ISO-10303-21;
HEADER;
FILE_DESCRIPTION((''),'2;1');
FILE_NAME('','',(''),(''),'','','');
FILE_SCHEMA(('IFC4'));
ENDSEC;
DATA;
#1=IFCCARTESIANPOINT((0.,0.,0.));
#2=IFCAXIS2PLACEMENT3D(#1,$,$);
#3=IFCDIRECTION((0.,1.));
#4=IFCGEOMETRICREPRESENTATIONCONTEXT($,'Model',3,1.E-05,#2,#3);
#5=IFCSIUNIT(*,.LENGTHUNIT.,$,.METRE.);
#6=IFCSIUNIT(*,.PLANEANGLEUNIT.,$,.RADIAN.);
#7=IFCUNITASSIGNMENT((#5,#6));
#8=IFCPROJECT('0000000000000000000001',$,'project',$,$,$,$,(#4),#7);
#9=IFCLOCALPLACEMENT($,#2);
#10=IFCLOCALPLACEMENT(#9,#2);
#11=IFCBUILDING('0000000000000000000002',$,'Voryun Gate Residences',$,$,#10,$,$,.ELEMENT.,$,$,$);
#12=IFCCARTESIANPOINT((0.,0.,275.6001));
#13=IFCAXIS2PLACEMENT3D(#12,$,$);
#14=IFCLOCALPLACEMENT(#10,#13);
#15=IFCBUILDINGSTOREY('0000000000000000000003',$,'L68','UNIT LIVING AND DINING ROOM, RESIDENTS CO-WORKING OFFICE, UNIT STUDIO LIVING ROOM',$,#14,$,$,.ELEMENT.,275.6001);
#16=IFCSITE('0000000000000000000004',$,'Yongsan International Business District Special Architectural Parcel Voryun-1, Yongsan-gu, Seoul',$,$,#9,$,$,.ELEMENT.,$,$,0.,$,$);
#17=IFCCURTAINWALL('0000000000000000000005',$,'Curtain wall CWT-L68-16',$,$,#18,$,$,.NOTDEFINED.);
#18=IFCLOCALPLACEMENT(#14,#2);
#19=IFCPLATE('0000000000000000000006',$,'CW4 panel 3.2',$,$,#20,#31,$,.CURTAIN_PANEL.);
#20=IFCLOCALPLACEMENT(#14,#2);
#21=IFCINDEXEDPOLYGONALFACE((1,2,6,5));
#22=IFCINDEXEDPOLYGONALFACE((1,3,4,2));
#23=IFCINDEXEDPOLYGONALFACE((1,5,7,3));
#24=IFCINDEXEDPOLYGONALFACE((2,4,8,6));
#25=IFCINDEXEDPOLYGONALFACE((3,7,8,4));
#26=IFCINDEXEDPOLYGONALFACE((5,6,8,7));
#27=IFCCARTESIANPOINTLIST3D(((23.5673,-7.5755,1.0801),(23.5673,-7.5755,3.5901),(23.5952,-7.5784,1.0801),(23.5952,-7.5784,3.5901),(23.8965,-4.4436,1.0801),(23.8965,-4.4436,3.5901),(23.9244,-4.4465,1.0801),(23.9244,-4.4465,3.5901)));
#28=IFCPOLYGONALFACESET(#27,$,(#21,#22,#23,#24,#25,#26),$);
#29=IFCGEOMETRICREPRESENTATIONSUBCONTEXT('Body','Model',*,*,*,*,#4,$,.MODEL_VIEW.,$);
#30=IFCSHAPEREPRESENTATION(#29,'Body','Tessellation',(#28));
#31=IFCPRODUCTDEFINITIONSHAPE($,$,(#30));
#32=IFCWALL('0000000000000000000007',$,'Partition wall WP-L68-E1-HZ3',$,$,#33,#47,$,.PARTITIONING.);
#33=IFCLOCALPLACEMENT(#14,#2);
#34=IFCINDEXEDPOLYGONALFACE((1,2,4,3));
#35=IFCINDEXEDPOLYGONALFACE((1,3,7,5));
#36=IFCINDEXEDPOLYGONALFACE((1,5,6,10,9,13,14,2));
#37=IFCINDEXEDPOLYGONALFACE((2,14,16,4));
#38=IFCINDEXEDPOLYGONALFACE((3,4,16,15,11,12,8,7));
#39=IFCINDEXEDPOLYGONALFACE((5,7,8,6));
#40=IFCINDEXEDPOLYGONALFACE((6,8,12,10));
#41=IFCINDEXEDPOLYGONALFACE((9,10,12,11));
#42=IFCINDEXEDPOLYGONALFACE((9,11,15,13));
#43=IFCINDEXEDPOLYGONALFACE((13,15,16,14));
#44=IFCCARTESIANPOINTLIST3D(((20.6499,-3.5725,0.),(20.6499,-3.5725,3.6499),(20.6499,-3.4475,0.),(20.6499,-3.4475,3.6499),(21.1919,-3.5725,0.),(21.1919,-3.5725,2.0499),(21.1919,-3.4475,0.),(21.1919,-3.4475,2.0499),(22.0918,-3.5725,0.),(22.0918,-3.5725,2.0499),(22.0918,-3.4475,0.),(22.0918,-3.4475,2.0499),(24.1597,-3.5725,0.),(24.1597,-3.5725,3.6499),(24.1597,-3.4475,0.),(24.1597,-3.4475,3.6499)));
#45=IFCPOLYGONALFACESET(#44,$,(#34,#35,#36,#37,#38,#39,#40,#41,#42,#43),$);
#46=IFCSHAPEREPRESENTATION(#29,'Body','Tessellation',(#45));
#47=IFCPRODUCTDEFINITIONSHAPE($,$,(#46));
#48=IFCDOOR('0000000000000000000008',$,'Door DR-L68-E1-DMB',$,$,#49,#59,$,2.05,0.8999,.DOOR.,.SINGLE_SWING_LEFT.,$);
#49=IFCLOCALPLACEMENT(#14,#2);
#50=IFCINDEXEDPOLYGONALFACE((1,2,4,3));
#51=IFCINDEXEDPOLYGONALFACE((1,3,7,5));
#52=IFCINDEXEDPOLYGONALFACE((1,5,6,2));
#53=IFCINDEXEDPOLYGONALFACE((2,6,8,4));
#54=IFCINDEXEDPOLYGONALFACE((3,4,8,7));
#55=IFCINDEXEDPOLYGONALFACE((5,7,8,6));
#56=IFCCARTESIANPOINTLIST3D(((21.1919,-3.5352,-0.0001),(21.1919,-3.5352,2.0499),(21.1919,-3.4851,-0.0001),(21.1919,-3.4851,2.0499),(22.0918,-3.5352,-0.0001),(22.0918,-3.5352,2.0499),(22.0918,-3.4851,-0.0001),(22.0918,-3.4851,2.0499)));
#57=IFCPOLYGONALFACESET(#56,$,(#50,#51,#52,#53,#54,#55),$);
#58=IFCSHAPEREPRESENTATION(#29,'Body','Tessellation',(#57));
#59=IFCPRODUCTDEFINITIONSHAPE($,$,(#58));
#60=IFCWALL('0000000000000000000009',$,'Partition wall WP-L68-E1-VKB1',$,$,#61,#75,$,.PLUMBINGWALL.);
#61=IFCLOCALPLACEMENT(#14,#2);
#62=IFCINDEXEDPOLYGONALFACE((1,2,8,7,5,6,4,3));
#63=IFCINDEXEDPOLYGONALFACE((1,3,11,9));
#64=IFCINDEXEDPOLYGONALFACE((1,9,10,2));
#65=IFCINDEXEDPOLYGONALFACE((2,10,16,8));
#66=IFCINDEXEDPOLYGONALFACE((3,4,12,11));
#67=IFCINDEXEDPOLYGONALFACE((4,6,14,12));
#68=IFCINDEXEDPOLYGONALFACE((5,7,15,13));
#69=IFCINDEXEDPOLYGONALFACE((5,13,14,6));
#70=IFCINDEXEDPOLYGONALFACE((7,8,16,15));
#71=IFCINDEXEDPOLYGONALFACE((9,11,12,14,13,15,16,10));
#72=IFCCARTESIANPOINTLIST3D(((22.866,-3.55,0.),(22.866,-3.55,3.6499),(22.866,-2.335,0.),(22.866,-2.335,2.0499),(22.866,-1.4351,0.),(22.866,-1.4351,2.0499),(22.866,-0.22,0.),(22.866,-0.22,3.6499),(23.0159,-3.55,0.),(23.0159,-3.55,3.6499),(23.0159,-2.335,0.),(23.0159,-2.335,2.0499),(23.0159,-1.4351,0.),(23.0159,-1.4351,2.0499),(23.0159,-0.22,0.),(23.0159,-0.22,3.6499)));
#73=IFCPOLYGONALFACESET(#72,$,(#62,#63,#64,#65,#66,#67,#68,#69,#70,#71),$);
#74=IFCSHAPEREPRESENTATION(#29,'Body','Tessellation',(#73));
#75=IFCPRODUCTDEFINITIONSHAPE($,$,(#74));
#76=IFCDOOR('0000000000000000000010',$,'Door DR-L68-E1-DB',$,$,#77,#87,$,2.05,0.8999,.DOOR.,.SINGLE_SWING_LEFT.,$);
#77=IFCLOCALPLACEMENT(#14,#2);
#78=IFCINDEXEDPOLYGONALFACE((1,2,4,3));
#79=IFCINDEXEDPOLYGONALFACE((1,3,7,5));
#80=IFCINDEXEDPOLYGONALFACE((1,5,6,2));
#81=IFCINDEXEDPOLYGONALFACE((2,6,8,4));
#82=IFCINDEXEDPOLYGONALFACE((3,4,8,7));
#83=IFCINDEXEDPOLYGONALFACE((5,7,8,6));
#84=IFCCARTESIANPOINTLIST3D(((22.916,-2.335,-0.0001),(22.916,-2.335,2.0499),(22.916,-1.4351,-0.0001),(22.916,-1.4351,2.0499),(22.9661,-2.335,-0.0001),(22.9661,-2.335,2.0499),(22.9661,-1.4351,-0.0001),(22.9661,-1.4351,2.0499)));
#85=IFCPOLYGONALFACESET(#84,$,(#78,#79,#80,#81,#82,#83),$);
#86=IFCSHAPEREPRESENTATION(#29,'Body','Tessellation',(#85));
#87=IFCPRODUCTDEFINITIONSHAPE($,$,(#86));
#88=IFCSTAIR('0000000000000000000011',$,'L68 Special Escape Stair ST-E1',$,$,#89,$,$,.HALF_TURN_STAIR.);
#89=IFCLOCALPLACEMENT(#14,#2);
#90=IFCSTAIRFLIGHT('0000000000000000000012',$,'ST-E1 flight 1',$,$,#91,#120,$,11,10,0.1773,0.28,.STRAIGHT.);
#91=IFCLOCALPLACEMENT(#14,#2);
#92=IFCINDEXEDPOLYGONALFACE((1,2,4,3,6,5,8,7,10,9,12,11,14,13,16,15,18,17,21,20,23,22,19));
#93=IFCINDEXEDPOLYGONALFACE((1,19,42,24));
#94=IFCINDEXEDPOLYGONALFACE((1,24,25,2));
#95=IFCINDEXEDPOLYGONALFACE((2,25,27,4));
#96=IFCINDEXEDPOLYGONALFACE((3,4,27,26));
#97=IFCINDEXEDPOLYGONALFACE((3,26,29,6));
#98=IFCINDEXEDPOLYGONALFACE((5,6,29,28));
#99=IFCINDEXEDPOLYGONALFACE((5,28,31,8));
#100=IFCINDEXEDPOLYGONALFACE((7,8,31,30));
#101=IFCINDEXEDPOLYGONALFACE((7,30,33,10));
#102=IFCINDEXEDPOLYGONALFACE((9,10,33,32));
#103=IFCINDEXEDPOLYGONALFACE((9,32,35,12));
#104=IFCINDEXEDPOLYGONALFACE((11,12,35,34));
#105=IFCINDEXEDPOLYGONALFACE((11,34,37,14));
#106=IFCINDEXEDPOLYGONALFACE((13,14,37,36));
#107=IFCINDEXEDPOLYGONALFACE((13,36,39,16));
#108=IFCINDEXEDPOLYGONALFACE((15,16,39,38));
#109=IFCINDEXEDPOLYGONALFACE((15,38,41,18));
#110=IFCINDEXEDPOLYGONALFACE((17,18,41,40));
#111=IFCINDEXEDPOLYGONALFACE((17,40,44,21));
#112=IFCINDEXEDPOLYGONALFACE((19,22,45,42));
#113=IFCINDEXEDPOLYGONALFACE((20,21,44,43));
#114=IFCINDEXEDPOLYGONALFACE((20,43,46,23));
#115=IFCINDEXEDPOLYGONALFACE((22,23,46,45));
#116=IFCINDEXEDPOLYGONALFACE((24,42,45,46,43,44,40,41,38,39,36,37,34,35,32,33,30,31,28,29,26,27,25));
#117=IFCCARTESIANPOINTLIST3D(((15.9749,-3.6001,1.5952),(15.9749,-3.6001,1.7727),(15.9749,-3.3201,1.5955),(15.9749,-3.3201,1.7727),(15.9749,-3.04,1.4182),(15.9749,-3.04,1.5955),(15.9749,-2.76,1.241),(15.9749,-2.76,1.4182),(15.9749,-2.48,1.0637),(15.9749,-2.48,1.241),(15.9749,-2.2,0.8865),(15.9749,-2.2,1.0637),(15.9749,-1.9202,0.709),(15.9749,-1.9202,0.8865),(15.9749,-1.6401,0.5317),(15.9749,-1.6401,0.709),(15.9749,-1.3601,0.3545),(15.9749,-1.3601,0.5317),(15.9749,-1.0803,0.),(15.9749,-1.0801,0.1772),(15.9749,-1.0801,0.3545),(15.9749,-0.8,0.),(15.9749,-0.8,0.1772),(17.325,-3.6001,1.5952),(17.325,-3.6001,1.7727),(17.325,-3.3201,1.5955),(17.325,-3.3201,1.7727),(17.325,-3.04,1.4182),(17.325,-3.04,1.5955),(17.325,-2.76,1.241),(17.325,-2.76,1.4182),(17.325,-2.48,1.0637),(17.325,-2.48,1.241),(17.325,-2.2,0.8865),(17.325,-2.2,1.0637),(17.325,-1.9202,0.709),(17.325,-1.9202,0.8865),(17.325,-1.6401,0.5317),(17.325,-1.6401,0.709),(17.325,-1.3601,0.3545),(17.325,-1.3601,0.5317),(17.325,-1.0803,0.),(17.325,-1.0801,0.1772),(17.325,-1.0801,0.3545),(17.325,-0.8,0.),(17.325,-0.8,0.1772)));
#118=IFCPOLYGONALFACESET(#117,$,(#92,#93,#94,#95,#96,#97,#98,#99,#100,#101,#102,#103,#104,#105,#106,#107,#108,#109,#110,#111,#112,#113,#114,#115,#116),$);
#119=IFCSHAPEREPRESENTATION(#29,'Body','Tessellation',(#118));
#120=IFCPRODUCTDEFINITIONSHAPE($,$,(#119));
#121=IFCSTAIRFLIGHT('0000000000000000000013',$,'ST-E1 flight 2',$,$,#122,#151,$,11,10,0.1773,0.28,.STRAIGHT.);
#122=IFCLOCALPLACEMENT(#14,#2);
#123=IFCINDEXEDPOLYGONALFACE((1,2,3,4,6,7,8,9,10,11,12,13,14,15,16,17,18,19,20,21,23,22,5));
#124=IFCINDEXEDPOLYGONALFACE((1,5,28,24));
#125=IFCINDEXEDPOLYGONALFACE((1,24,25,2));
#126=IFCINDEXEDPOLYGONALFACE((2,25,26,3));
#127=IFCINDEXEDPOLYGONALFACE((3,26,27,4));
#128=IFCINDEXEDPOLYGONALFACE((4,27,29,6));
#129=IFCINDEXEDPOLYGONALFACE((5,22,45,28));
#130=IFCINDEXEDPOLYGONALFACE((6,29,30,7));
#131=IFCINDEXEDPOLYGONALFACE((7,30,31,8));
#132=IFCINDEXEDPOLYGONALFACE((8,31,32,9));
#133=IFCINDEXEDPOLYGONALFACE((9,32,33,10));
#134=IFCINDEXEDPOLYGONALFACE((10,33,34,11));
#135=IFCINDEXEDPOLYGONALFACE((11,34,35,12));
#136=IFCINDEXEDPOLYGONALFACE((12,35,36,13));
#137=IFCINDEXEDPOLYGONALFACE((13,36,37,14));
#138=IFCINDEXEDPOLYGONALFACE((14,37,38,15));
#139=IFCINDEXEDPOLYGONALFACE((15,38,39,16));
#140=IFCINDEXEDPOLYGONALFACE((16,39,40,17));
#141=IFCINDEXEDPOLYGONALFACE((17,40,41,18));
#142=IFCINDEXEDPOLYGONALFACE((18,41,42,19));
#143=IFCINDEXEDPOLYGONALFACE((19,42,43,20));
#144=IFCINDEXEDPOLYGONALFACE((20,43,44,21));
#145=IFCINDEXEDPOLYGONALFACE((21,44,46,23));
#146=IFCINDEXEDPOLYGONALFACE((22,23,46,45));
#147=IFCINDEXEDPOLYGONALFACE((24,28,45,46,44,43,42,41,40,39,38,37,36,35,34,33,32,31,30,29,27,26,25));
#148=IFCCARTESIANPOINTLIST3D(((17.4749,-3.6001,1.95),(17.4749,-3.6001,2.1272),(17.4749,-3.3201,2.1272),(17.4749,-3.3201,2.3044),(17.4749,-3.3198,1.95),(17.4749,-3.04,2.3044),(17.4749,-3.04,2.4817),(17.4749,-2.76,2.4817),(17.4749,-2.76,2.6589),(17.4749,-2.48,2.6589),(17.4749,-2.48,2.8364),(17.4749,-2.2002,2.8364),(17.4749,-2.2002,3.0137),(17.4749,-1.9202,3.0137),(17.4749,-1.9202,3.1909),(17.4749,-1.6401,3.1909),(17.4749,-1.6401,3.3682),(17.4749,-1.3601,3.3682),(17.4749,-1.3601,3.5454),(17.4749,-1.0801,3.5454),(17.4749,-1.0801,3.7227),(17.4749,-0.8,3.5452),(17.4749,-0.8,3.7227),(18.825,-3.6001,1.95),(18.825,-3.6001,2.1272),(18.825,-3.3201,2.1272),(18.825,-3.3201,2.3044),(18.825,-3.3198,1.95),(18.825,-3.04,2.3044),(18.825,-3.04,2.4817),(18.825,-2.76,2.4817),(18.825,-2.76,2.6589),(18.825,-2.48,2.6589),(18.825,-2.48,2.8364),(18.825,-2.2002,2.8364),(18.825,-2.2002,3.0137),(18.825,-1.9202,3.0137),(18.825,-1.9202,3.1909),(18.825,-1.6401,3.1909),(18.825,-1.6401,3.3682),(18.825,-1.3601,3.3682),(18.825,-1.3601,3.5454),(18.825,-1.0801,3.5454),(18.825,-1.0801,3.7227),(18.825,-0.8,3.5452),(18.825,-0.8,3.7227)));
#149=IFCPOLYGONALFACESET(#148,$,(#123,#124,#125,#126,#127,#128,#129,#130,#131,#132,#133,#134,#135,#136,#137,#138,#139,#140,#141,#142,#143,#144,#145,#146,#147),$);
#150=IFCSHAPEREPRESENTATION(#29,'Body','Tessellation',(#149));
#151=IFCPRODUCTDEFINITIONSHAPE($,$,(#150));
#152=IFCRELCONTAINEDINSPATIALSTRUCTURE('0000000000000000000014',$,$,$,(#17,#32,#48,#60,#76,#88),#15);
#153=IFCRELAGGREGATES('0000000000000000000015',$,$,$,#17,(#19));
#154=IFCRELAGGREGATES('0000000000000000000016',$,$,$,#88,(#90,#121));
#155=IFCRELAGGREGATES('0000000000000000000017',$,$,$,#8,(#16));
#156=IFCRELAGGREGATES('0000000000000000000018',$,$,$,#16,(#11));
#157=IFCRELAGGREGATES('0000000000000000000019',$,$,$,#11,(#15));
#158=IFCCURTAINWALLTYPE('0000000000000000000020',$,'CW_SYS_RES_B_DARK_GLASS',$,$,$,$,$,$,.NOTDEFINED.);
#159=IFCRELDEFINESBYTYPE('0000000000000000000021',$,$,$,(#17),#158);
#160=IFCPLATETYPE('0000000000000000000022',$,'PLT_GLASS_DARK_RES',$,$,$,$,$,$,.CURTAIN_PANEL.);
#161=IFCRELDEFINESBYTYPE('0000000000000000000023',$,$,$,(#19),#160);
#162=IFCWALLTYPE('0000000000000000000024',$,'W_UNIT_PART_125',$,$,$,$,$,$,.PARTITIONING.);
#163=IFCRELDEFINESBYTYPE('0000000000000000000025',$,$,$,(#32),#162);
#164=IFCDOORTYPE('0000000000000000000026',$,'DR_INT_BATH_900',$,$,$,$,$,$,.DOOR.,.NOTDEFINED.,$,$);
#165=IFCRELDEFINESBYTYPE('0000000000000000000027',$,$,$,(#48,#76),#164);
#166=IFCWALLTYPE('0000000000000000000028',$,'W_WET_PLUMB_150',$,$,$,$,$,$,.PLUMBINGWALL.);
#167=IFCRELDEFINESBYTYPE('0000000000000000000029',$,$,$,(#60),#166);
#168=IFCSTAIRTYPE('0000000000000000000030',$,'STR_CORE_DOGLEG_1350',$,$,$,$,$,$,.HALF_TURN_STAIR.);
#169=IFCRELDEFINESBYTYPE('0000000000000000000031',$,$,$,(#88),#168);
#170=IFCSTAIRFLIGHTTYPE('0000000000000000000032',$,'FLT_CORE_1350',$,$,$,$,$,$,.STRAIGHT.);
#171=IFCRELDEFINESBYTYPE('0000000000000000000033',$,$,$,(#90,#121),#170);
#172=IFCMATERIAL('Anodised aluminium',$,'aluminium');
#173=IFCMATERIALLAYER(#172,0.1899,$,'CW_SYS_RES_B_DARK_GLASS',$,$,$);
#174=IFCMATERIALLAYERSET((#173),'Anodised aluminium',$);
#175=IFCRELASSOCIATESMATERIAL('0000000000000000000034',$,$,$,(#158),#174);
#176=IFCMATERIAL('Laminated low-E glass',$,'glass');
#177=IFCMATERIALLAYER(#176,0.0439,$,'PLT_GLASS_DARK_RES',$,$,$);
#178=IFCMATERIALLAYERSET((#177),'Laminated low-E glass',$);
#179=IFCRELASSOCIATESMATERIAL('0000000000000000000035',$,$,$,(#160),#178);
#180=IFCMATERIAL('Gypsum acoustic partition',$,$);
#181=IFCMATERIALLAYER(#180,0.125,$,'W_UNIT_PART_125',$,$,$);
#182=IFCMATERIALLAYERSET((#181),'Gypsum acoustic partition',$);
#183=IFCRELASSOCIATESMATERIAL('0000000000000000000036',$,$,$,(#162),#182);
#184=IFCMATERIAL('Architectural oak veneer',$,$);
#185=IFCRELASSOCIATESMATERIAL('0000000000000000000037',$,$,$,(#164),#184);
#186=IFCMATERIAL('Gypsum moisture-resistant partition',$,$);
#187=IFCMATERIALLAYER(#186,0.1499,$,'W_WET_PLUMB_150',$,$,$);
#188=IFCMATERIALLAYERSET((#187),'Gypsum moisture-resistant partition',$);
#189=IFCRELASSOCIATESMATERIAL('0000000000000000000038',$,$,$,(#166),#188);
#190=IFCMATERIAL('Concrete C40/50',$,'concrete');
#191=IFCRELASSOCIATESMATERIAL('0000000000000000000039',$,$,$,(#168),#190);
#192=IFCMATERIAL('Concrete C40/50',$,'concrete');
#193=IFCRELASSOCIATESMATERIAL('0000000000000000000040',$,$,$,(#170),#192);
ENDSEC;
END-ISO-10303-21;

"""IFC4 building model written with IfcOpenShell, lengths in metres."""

from ifc_helpers import new_model, si_unit, direction, frame, frame_2d, origin, origin_2d, place, context, subcontext, project, spatial, polyline, rectangle, outline, extrude, material, layer, layer_set, type_object, element, fill, aggregate, save


model = new_model("IFC4")

# Units and contexts
model_context = context("Model", 3, precision=1e-05, world=origin(), true_north=direction((0.0, 1.0)))
body_context = subcontext(model_context, "Body", "Model", "MODEL_VIEW")
ifc_project = project(units=[si_unit("LENGTHUNIT", "METRE"), si_unit("PLANEANGLEUNIT", "RADIAN")], contexts=[model_context])

# Site, building, storey
site_placement = place(None, origin())
site = spatial("IfcSite", under=ifc_project, at=site_placement, Name="Yongsan International Business District Special Architectural Parcel Voryun-1, Yongsan-gu, Seoul", CompositionType="ELEMENT", RefElevation=0.0)
building_placement = place(site_placement, origin())
building = spatial("IfcBuilding", under=site, at=building_placement, Name="Voryun Gate Residences", CompositionType="ELEMENT")
storey_placement = place(building_placement, frame((0.0, 0.0, 275.6001)))
storey = spatial("IfcBuildingStorey", under=building, at=storey_placement, Name="L68", Description="UNIT LIVING AND DINING ROOM, RESIDENTS CO-WORKING OFFICE, UNIT STUDIO LIVING ROOM", CompositionType="ELEMENT", Elevation=275.6001)

# Curtain wall, plate
ifc_material_1 = material(Name="Anodised aluminium", Category="aluminium")
ifc_layer_1 = layer(ifc_material_1, 0.1899, Name="CW_SYS_RES_B_DARK_GLASS")
ifc_layer_set_1 = layer_set([ifc_layer_1], Name="Anodised aluminium")
curtain_wall_type = type_object("IfcCurtainWallType", Name="CW_SYS_RES_B_DARK_GLASS", PredefinedType="NOTDEFINED", material=ifc_layer_set_1)
curtain_wall_placement = place(storey_placement, origin())
curtain_wall = element("IfcCurtainWall", 1, at=curtain_wall_placement, inside=storey, type_object=curtain_wall_type, Name="Curtain wall CWT-L68-16", PredefinedType="NOTDEFINED")
ifc_material_2 = material(Name="Laminated low-E glass", Category="glass")
ifc_layer_2 = layer(ifc_material_2, 0.0439, Name="PLT_GLASS_DARK_RES")
ifc_layer_set_2 = layer_set([ifc_layer_2], Name="Laminated low-E glass")
plate_type = type_object("IfcPlateType", Name="PLT_GLASS_DARK_RES", PredefinedType="CURTAIN_PANEL", material=ifc_layer_set_2)
plate_1_placement = place(storey_placement, frame((23.7458, -6.011, 1.0801), z_axis=(0.0, 0.0, 1.0), x_axis=(-0.104536, -0.994521, 0.0)))
plate_1 = element("IfcPlate", 2, at=plate_1_placement, type_object=plate_type, Name="CW4 panel 3.2", PredefinedType="CURTAIN_PANEL", context=body_context, shape_type="SweptSolid", body=[
    extrude(rectangle(XDim=3.1492, YDim=0.0281, at=origin_2d()), origin(), (0.0, 0.0, 1.0), 2.51),
])
aggregate(curtain_wall, [plate_1])

# Walls, openings, doors
ifc_material_3 = material(Name="Gypsum acoustic partition")
ifc_layer_3 = layer(ifc_material_3, 0.125, Name="W_UNIT_PART_125")
ifc_layer_set_3 = layer_set([ifc_layer_3], Name="Gypsum acoustic partition")
wall_type_1 = type_object("IfcWallType", Name="W_UNIT_PART_125", PredefinedType="PARTITIONING", material=ifc_layer_set_3)
wall_1_placement = place(storey_placement, frame((20.6499, -3.51, 0.0), z_axis=(0.0, 0.0, 1.0), x_axis=(1.0, 0.0, 0.0)))
wall_1 = element("IfcWall", 3, at=wall_1_placement, inside=storey, type_object=wall_type_1, Name="Partition wall WP-L68-E1-HZ3", PredefinedType="PARTITIONING", context=body_context, shape_type="SweptSolid", body=[
    extrude(rectangle(XDim=3.5098, YDim=0.125, at=frame_2d((1.7549, 0.0))), origin(), (0.0, 0.0, 1.0), 3.6499),
])
opening_1_placement = place(wall_1_placement, frame((0.542, 0.0, 0.0)))
opening_1 = element("IfcOpeningElement", 4, at=opening_1_placement, cuts=wall_1, PredefinedType="OPENING", context=body_context, shape_type="SweptSolid", body=[
    extrude(rectangle(XDim=0.8999, YDim=2.05, at=frame_2d((0.45, 1.0249))), frame((0.0, 0.0725, 0.0), z_axis=(0.0, -1.0, 0.0), x_axis=(1.0, 0.0, 0.0)), (0.0, 0.0, 1.0), 0.145),
])
ifc_material_4 = material(Name="Architectural oak veneer")
door_type = type_object("IfcDoorType", Name="DR_INT_BATH_900", OperationType="NOTDEFINED", PredefinedType="DOOR", material=ifc_material_4)
door_1_placement = place(opening_1_placement, origin())
door_1 = element("IfcDoor", 5, at=door_1_placement, inside=storey, type_object=door_type, Name="Door DR-L68-E1-DMB", OperationType="SINGLE_SWING_LEFT", OverallHeight=2.05, OverallWidth=0.8999, PredefinedType="DOOR", context=body_context, shape_type="SweptSolid", body=[
    extrude(rectangle(XDim=0.8999, YDim=2.05, at=frame_2d((0.45, 1.0249))), frame((0.0, 0.0249, 0.0), z_axis=(0.0, -1.0, 0.0), x_axis=(1.0, 0.0, 0.0)), (0.0, 0.0, 1.0), 0.05),
])
fill(opening_1, door_1)
ifc_material_5 = material(Name="Gypsum moisture-resistant partition")
ifc_layer_4 = layer(ifc_material_5, 0.1499, Name="W_WET_PLUMB_150")
ifc_layer_set_4 = layer_set([ifc_layer_4], Name="Gypsum moisture-resistant partition")
wall_type_2 = type_object("IfcWallType", Name="W_WET_PLUMB_150", PredefinedType="PLUMBINGWALL", material=ifc_layer_set_4)
wall_2_placement = place(storey_placement, frame((22.9409, -3.55, 0.0), z_axis=(0.0, 0.0, 1.0), x_axis=(0.0, 1.0, 0.0)))
wall_2 = element("IfcWall", 6, at=wall_2_placement, inside=storey, type_object=wall_type_2, Name="Partition wall WP-L68-E1-VKB1", PredefinedType="PLUMBINGWALL", context=body_context, shape_type="SweptSolid", body=[
    extrude(rectangle(XDim=3.3301, YDim=0.1499, at=frame_2d((1.665, 0.0))), origin(), (0.0, 0.0, 1.0), 3.6499),
])
opening_2_placement = place(wall_2_placement, frame((1.2151, 0.0, 0.0)))
opening_2 = element("IfcOpeningElement", 7, at=opening_2_placement, cuts=wall_2, PredefinedType="OPENING", context=body_context, shape_type="SweptSolid", body=[
    extrude(rectangle(XDim=0.8999, YDim=2.05, at=frame_2d((0.45, 1.0249))), frame((0.0, 0.085, 0.0), z_axis=(0.0, -1.0, 0.0), x_axis=(1.0, 0.0, 0.0)), (0.0, 0.0, 1.0), 0.1699),
])
door_2_placement = place(opening_2_placement, origin())
door_2 = element("IfcDoor", 8, at=door_2_placement, inside=storey, type_object=door_type, Name="Door DR-L68-E1-DB", OperationType="SINGLE_SWING_LEFT", OverallHeight=2.05, OverallWidth=0.8999, PredefinedType="DOOR", context=body_context, shape_type="SweptSolid", body=[
    extrude(rectangle(XDim=0.8999, YDim=2.05, at=frame_2d((0.45, 1.0249))), frame((0.0, 0.0249, 0.0), z_axis=(0.0, -1.0, 0.0), x_axis=(1.0, 0.0, 0.0)), (0.0, 0.0, 1.0), 0.05),
])
fill(opening_2, door_2)

# Stair, stair flights
ifc_material_6 = material(Name="Concrete C40/50", Category="concrete")
stair_type = type_object("IfcStairType", Name="STR_CORE_DOGLEG_1350", PredefinedType="HALF_TURN_STAIR", material=ifc_material_6)
stair_placement = place(storey_placement, origin())
stair = element("IfcStair", 9, at=stair_placement, inside=storey, type_object=stair_type, Name="L68 Special Escape Stair ST-E1", PredefinedType="HALF_TURN_STAIR")
ifc_material_7 = material(Name="Concrete C40/50", Category="concrete")
stair_flight_type = type_object("IfcStairFlightType", Name="FLT_CORE_1350", PredefinedType="STRAIGHT", material=ifc_material_7)
stair_flight_1_placement = place(storey_placement, frame((16.6499, -0.8, 0.0), z_axis=(0.0, 0.0, 1.0), x_axis=(0.0, -1.0, 0.0)))
stair_flight_1 = element("IfcStairFlight", 10, at=stair_flight_1_placement, type_object=stair_flight_type, Name="ST-E1 flight 1", NumberOfRisers=11, NumberOfTreads=10, PredefinedType="STRAIGHT", RiserHeight=0.1773, TreadLength=0.28, context=body_context, shape_type="SweptSolid", body=[
    extrude(outline(polyline([(0.0, 0.0), (0.0, 0.1772), (0.28, 0.1772), (0.28, 0.3545), (0.5601, 0.3545), (0.5601, 0.5317), (0.8401, 0.5317), (0.8401, 0.709), (1.1201, 0.709), (1.1201, 0.8865), (1.3999, 0.8865), (1.3999, 1.0637), (1.6799, 1.0637), (1.6799, 1.241), (1.96, 1.241), (1.96, 1.4182), (2.24, 1.4182), (2.24, 1.5955), (2.52, 1.5955), (2.52, 1.7727), (2.8, 1.7727), (2.8, 1.95), (2.8, 1.5952), (0.2803, 0.0), (0.0, 0.0)])), frame((0.0, 0.675, 0.0), z_axis=(0.0, -1.0, 0.0), x_axis=(1.0, 0.0, 0.0)), (0.0, 0.0, 1.0), 1.3501),
])
stair_flight_2_placement = place(storey_placement, frame((18.1499, -3.6001, 1.95), z_axis=(0.0, 0.0, 1.0), x_axis=(0.0, 1.0, 0.0)))
stair_flight_2 = element("IfcStairFlight", 11, at=stair_flight_2_placement, type_object=stair_flight_type, Name="ST-E1 flight 2", NumberOfRisers=11, NumberOfTreads=10, PredefinedType="STRAIGHT", RiserHeight=0.1773, TreadLength=0.28, context=body_context, shape_type="SweptSolid", body=[
    extrude(outline(polyline([(0.0, 0.0), (0.0, 0.1772), (0.28, 0.1772), (0.28, 0.3545), (0.5601, 0.3545), (0.5601, 0.5317), (0.8401, 0.5317), (0.8401, 0.709), (1.1201, 0.709), (1.1201, 0.8865), (1.3999, 0.8865), (1.3999, 1.0637), (1.6799, 1.0637), (1.6799, 1.241), (1.96, 1.241), (1.96, 1.4182), (2.24, 1.4182), (2.24, 1.5955), (2.52, 1.5955), (2.52, 1.7727), (2.8, 1.7727), (2.8, 1.95), (2.8, 1.5952), (0.2803, 0.0), (0.0, 0.0)])), frame((0.0, 0.675, 0.0), z_axis=(0.0, -1.0, 0.0), x_axis=(1.0, 0.0, 0.0)), (0.0, 0.0, 1.0), 1.3501),
])
aggregate(stair, [stair_flight_1, stair_flight_2])

save(model, "model.ifc")
